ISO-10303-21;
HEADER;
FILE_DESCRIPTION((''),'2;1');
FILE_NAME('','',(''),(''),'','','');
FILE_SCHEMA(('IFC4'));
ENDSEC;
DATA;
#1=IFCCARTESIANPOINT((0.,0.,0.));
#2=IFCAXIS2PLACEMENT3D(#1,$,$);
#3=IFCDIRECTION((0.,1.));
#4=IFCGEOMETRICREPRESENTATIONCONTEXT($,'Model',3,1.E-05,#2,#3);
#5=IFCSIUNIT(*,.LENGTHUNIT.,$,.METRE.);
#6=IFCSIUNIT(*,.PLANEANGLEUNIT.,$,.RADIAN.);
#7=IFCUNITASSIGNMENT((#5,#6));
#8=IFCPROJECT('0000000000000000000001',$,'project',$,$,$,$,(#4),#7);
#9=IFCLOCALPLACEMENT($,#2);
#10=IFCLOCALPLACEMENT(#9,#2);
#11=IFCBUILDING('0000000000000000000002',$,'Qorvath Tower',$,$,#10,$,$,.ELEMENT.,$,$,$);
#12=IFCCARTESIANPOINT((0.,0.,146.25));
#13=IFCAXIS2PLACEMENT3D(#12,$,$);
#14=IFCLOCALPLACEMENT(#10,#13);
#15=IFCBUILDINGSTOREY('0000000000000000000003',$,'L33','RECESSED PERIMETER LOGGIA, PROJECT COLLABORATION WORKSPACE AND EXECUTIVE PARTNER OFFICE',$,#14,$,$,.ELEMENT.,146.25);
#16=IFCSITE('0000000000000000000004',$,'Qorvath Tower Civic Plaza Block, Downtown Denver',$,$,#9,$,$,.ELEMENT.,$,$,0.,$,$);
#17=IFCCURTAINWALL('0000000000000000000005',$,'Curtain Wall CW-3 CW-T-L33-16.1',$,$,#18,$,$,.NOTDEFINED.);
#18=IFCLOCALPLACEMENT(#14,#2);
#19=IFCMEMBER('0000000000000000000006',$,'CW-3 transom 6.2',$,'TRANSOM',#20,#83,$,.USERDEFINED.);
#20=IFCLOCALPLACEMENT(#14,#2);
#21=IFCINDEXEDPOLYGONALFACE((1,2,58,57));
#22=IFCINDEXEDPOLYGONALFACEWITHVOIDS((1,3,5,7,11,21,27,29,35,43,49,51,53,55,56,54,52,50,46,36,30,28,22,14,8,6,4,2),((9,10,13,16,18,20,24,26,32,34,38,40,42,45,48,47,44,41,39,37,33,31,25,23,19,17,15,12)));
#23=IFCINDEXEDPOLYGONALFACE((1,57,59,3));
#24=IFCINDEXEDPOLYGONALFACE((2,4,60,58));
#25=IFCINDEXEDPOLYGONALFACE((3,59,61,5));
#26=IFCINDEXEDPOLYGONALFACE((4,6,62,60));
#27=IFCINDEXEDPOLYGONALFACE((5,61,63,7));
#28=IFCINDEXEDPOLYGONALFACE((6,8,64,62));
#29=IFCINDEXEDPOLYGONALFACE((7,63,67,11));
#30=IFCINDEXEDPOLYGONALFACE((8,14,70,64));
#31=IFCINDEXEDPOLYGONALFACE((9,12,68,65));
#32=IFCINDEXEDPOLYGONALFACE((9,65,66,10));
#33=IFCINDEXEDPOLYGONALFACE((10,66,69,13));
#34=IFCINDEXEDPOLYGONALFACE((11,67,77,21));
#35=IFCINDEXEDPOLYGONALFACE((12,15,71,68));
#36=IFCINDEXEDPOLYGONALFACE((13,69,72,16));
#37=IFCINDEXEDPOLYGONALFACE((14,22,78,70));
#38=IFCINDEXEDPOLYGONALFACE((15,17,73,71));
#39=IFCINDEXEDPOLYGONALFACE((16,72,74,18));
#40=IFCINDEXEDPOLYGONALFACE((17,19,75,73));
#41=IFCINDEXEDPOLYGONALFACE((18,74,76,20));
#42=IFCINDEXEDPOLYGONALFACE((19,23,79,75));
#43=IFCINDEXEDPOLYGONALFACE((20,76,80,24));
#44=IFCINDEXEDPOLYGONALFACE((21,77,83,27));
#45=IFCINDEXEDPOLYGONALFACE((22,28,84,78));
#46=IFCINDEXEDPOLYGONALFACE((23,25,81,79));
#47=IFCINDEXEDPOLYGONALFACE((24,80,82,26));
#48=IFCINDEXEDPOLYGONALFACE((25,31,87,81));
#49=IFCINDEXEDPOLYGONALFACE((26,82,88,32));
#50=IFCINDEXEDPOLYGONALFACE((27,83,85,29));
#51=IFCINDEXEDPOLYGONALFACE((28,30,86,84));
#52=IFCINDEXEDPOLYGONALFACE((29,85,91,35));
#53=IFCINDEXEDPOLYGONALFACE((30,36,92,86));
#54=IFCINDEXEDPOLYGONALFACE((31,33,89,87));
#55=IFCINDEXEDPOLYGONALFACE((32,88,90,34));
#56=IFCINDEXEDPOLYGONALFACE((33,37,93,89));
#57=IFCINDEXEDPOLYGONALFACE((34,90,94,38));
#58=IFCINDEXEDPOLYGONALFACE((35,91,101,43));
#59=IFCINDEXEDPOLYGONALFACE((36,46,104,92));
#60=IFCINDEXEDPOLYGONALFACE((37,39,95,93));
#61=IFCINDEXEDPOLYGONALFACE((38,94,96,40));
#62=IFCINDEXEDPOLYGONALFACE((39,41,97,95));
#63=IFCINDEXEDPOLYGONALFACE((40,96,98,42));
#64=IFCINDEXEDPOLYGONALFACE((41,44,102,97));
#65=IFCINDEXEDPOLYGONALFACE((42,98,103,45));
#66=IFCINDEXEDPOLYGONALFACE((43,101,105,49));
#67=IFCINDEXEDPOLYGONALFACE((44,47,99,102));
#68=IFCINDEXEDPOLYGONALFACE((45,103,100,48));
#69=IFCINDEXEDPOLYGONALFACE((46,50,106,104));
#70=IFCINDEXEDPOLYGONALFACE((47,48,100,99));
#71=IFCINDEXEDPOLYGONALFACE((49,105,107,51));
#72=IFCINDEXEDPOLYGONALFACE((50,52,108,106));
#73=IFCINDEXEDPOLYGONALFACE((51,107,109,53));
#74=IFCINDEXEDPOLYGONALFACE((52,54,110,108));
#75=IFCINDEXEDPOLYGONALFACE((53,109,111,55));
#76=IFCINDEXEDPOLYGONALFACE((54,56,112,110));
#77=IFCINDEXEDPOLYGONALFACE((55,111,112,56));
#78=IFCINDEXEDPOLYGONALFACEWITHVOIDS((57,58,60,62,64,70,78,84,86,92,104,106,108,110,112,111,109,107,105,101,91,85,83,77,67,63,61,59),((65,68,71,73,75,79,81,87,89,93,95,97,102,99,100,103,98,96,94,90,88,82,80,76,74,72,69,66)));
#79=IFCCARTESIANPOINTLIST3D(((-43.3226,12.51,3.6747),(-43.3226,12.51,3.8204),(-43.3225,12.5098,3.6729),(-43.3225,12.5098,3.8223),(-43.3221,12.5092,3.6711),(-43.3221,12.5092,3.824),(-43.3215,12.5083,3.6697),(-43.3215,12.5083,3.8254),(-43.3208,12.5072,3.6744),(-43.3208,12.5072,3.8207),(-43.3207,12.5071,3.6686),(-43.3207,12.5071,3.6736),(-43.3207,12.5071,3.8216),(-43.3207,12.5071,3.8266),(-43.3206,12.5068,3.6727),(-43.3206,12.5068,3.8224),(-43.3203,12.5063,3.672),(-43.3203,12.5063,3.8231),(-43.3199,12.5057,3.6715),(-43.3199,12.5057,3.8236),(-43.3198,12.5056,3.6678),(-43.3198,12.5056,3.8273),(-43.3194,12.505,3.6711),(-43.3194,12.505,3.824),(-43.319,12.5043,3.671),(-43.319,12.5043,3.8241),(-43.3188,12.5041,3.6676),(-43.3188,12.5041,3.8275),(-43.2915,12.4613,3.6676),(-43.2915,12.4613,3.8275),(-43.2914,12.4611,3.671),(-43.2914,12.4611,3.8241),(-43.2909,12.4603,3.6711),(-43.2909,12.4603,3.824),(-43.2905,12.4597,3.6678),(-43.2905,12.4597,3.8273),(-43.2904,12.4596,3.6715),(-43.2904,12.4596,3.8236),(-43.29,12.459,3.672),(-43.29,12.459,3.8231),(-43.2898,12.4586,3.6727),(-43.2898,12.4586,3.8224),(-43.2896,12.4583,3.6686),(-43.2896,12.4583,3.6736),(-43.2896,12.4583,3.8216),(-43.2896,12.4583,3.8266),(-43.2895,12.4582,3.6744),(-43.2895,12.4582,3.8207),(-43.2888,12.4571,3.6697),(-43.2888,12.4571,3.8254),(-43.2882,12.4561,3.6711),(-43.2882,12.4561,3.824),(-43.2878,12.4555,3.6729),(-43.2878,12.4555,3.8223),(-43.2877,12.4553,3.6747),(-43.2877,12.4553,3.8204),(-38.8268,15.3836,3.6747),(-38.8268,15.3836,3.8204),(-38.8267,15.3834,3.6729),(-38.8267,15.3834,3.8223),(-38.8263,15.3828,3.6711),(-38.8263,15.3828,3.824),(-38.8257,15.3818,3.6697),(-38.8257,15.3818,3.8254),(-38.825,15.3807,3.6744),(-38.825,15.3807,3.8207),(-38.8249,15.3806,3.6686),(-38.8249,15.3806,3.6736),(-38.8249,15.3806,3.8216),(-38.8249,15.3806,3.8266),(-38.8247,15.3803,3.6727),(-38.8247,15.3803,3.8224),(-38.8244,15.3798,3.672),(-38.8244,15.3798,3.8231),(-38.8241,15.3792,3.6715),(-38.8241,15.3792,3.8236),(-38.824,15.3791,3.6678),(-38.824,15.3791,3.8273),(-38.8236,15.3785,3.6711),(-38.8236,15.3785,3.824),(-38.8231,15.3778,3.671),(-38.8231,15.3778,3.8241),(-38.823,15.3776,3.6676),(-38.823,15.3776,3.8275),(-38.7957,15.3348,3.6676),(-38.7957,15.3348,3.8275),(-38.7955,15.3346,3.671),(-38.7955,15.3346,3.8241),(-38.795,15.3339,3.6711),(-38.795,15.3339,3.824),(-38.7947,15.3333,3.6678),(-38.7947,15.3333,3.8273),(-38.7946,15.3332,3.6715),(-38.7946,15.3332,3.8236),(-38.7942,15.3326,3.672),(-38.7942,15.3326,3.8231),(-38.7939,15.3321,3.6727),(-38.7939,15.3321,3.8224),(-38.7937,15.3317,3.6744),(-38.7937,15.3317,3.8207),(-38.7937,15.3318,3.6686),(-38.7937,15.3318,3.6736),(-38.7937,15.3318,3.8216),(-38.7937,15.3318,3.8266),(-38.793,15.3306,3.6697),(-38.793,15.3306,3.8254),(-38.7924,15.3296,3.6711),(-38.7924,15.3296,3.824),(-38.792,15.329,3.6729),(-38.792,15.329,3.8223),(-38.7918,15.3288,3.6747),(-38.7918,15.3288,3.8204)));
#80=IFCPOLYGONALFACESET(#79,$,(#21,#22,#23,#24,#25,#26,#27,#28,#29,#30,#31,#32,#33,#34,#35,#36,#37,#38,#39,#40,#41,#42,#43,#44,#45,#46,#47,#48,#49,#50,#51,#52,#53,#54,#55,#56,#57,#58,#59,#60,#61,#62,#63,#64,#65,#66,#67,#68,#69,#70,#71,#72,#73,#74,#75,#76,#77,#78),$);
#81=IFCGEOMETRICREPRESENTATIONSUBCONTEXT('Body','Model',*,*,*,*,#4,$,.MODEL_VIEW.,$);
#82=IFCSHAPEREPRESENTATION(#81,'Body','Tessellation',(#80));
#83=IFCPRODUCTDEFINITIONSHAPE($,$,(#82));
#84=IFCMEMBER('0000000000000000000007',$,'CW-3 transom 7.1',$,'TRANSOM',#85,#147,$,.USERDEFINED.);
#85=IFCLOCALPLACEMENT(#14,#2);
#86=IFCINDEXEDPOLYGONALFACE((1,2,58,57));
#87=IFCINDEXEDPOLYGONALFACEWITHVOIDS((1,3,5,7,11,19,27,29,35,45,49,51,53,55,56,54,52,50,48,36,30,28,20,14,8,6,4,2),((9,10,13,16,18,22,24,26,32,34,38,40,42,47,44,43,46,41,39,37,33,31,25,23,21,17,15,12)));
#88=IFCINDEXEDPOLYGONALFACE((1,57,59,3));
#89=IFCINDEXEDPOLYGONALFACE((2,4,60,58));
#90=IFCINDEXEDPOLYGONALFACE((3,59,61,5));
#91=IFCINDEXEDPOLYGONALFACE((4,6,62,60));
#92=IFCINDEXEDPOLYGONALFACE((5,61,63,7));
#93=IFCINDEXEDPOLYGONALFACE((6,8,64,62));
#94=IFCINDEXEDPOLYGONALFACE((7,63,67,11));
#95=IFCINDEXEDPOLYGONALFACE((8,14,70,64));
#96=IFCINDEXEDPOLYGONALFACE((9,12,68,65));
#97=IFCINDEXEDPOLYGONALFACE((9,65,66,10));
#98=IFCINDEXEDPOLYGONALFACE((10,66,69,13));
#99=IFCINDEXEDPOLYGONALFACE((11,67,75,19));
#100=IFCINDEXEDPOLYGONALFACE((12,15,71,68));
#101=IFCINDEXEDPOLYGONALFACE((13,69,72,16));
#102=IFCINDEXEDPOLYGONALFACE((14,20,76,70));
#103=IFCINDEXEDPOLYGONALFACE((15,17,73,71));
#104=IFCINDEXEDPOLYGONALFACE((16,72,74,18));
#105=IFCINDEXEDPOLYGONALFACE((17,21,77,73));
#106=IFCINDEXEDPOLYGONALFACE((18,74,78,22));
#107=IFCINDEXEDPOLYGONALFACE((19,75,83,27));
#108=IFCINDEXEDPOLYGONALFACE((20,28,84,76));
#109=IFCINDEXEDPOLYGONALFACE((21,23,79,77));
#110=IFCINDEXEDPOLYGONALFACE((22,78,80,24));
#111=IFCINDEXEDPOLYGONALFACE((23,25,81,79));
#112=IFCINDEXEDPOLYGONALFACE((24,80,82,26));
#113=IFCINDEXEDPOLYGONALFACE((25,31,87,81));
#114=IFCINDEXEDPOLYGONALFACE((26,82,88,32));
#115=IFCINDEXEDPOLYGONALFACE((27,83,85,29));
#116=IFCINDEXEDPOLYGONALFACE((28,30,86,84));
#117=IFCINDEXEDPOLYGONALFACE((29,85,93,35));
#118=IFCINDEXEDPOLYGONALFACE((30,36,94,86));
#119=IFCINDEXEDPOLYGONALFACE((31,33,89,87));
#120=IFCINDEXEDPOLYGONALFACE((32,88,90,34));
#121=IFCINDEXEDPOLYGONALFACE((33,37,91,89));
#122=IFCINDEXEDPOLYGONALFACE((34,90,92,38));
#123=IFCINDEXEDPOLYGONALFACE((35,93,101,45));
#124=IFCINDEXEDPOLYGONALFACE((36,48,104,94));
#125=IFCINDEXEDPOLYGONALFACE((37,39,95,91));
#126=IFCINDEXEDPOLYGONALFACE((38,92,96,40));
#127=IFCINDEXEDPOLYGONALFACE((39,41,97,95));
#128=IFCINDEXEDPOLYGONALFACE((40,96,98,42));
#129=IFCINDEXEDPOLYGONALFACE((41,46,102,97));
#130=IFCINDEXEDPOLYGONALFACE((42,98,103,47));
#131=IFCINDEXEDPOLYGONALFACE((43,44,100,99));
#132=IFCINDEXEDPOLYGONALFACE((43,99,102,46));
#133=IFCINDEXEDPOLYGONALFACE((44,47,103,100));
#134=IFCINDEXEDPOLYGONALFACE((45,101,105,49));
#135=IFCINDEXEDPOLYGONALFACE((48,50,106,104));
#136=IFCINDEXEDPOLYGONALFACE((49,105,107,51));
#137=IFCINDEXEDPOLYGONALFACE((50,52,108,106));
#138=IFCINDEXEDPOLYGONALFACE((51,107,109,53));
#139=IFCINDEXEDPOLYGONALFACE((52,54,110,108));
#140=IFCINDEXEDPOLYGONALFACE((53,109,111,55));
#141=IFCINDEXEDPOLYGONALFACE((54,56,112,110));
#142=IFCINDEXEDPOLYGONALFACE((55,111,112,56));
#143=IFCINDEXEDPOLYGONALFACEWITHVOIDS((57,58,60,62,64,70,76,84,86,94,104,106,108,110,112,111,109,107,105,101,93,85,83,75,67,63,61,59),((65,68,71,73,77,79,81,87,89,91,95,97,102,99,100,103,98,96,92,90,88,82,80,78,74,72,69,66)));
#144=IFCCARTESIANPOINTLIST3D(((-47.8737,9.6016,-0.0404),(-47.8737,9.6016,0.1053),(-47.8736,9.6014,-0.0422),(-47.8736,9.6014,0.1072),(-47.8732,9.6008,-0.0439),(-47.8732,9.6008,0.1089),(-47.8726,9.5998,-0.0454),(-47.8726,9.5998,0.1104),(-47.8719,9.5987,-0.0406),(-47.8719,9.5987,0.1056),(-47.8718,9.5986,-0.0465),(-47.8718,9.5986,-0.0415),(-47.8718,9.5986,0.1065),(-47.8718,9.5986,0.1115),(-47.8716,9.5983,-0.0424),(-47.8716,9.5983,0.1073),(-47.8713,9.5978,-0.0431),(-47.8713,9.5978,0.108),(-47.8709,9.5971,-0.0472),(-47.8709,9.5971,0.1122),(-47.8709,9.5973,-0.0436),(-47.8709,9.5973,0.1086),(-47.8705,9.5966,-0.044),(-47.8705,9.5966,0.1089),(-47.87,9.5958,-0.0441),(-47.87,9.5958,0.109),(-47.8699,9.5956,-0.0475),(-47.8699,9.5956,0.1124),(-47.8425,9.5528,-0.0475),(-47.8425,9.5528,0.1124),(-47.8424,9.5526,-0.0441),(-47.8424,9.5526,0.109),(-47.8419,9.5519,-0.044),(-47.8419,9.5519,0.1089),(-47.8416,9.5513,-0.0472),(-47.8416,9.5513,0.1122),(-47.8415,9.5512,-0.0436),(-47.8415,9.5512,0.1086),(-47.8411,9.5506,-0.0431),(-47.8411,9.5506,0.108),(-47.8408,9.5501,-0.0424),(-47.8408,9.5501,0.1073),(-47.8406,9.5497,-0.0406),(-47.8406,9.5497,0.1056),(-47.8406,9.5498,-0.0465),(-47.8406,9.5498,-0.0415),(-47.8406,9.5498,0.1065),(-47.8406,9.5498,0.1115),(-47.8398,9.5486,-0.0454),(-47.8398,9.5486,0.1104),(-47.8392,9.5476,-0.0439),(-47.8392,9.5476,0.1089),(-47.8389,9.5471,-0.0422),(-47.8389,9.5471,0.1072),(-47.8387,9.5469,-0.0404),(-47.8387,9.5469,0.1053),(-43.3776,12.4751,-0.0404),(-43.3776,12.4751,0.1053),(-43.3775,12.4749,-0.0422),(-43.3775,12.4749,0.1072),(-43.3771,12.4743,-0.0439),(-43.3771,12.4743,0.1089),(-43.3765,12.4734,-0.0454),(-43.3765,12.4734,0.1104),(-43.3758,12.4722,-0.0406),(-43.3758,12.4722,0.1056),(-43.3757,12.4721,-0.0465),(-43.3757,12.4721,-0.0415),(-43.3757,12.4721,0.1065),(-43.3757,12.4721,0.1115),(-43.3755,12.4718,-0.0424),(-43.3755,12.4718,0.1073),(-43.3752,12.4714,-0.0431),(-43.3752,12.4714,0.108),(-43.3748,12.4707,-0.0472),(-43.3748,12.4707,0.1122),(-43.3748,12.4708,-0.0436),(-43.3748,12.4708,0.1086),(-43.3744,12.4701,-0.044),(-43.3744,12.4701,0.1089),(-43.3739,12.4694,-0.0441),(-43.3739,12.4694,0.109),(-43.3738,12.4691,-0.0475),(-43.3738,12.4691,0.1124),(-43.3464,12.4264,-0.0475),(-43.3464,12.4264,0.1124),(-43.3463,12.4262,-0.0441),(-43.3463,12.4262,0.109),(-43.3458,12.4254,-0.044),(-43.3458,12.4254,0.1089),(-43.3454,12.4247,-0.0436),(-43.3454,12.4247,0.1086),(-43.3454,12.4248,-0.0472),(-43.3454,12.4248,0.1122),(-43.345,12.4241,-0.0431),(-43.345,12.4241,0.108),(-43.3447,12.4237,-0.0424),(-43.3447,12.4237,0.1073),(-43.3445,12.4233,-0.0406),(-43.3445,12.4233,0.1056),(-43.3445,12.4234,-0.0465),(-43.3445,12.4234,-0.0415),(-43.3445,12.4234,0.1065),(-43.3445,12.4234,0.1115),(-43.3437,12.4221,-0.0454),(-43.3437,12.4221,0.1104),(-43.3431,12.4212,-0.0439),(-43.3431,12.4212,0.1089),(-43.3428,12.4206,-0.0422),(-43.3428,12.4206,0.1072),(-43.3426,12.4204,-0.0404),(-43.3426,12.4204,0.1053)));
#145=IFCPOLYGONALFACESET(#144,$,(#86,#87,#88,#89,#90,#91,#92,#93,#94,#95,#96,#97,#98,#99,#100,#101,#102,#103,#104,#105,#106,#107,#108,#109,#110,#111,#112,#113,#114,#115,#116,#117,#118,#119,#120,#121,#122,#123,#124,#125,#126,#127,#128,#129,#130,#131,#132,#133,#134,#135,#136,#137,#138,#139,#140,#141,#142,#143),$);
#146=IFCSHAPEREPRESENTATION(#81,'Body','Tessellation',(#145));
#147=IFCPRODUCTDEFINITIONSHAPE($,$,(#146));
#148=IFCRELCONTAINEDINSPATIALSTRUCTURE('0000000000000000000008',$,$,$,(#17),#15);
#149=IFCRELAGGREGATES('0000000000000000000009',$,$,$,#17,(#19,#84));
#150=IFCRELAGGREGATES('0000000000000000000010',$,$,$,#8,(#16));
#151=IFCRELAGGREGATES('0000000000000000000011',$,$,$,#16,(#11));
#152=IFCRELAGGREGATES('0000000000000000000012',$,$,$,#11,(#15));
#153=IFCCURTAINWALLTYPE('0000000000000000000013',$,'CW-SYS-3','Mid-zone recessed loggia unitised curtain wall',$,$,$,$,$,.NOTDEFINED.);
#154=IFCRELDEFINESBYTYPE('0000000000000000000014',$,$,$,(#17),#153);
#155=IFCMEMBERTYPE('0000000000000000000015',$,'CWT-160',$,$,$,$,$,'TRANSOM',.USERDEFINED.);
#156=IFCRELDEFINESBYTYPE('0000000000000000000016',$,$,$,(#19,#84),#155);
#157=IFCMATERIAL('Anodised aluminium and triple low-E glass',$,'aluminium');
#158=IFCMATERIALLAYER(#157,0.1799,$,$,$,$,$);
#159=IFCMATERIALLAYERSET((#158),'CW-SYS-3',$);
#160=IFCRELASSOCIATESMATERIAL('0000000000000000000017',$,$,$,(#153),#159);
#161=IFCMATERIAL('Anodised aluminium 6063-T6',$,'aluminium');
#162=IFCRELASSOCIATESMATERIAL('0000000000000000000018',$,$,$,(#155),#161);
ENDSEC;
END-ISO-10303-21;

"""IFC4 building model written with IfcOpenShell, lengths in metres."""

from ifc_helpers import new_model, si_unit, direction, frame, origin, origin_2d, place, context, subcontext, project, spatial, hollow_rectangle, extrude, material, layer, layer_set, material_profile, profile_set, type_object, element, aggregate, save


model = new_model("IFC4")

# Units and contexts
model_context = context("Model", 3, precision=1e-05, world=origin(), true_north=direction((0.0, 1.0)))
body_context = subcontext(model_context, "Body", "Model", "MODEL_VIEW")
ifc_project = project(units=[si_unit("LENGTHUNIT", "METRE"), si_unit("PLANEANGLEUNIT", "RADIAN")], contexts=[model_context])

# Site, building, storey
site_placement = place(None, origin())
site = spatial("IfcSite", under=ifc_project, at=site_placement, Name="Qorvath Tower Civic Plaza Block, Downtown Denver", CompositionType="ELEMENT", RefElevation=0.0)
building_placement = place(site_placement, origin())
building = spatial("IfcBuilding", under=site, at=building_placement, Name="Qorvath Tower", CompositionType="ELEMENT")
storey_placement = place(building_placement, frame((0.0, 0.0, 146.25)))
storey = spatial("IfcBuildingStorey", under=building, at=storey_placement, Name="L33", Description="RECESSED PERIMETER LOGGIA, PROJECT COLLABORATION WORKSPACE AND EXECUTIVE PARTNER OFFICE", CompositionType="ELEMENT", Elevation=146.25)

# Curtain wall, members
ifc_material_1 = material(Name="Anodised aluminium and triple low-E glass", Category="aluminium")
ifc_layer_1 = layer(ifc_material_1, 0.1799)
ifc_layer_set_1 = layer_set([ifc_layer_1], Name="CW-SYS-3")
curtain_wall_type = type_object("IfcCurtainWallType", Name="CW-SYS-3", Description="Mid-zone recessed loggia unitised curtain wall", PredefinedType="NOTDEFINED", material=ifc_layer_set_1)
curtain_wall_placement = place(storey_placement, origin())
curtain_wall = element("IfcCurtainWall", 1, at=curtain_wall_placement, inside=storey, type_object=curtain_wall_type, Name="Curtain Wall CW-3 CW-T-L33-16.1", PredefinedType="NOTDEFINED")
ifc_material_2 = material(Name="Anodised aluminium 6063-T6", Category="aluminium")
ifc_material_profile_1 = material_profile(ifc_material_2, hollow_rectangle(XDim=0.0649, YDim=0.1599, WallThickness=0.0034, InnerFilletRadius=0.0034, OuterFilletRadius=0.0071, at=origin_2d()), Name="CWT 160x65")
ifc_profile_set_1 = profile_set([ifc_material_profile_1], Name="Anodised aluminium 6063-T6")
member_type_1 = type_object("IfcMemberType", Name="CWT-160", ElementType="TRANSOM", PredefinedType="USERDEFINED", material=ifc_profile_set_1)
member_1_placement = place(storey_placement, frame((-38.8093, 15.3562, 3.7476), z_axis=(-0.842595, -0.538547, 0.0), x_axis=(0.538547, -0.842595, 0.0)))
member_1 = element("IfcMember", 2, at=member_1_placement, type_object=member_type_1, Name="CW-3 transom 6.2", ObjectType="TRANSOM", PredefinedType="USERDEFINED", context=body_context, shape_type="SweptSolid", body=[
    extrude(hollow_rectangle(XDim=0.0649, YDim=0.1599, WallThickness=0.0034, InnerFilletRadius=0.0034, OuterFilletRadius=0.0071, at=origin_2d()), origin(), (0.0, 0.0, 1.0), 5.3357),
])
member_2_placement = place(storey_placement, frame((-43.3601, 12.4478, 0.0325), z_axis=(-0.842609, -0.538526, 0.0), x_axis=(0.538526, -0.842609, 0.0)))
member_2 = element("IfcMember", 3, at=member_2_placement, type_object=member_type_1, Name="CW-3 transom 7.1", ObjectType="TRANSOM", PredefinedType="USERDEFINED", context=body_context, shape_type="SweptSolid", body=[
    extrude(hollow_rectangle(XDim=0.0649, YDim=0.1599, WallThickness=0.0034, InnerFilletRadius=0.0034, OuterFilletRadius=0.0071, at=origin_2d()), origin(), (0.0, 0.0, 1.0), 5.3359),
])
aggregate(curtain_wall, [member_1, member_2])

save(model, "model.ifc")
